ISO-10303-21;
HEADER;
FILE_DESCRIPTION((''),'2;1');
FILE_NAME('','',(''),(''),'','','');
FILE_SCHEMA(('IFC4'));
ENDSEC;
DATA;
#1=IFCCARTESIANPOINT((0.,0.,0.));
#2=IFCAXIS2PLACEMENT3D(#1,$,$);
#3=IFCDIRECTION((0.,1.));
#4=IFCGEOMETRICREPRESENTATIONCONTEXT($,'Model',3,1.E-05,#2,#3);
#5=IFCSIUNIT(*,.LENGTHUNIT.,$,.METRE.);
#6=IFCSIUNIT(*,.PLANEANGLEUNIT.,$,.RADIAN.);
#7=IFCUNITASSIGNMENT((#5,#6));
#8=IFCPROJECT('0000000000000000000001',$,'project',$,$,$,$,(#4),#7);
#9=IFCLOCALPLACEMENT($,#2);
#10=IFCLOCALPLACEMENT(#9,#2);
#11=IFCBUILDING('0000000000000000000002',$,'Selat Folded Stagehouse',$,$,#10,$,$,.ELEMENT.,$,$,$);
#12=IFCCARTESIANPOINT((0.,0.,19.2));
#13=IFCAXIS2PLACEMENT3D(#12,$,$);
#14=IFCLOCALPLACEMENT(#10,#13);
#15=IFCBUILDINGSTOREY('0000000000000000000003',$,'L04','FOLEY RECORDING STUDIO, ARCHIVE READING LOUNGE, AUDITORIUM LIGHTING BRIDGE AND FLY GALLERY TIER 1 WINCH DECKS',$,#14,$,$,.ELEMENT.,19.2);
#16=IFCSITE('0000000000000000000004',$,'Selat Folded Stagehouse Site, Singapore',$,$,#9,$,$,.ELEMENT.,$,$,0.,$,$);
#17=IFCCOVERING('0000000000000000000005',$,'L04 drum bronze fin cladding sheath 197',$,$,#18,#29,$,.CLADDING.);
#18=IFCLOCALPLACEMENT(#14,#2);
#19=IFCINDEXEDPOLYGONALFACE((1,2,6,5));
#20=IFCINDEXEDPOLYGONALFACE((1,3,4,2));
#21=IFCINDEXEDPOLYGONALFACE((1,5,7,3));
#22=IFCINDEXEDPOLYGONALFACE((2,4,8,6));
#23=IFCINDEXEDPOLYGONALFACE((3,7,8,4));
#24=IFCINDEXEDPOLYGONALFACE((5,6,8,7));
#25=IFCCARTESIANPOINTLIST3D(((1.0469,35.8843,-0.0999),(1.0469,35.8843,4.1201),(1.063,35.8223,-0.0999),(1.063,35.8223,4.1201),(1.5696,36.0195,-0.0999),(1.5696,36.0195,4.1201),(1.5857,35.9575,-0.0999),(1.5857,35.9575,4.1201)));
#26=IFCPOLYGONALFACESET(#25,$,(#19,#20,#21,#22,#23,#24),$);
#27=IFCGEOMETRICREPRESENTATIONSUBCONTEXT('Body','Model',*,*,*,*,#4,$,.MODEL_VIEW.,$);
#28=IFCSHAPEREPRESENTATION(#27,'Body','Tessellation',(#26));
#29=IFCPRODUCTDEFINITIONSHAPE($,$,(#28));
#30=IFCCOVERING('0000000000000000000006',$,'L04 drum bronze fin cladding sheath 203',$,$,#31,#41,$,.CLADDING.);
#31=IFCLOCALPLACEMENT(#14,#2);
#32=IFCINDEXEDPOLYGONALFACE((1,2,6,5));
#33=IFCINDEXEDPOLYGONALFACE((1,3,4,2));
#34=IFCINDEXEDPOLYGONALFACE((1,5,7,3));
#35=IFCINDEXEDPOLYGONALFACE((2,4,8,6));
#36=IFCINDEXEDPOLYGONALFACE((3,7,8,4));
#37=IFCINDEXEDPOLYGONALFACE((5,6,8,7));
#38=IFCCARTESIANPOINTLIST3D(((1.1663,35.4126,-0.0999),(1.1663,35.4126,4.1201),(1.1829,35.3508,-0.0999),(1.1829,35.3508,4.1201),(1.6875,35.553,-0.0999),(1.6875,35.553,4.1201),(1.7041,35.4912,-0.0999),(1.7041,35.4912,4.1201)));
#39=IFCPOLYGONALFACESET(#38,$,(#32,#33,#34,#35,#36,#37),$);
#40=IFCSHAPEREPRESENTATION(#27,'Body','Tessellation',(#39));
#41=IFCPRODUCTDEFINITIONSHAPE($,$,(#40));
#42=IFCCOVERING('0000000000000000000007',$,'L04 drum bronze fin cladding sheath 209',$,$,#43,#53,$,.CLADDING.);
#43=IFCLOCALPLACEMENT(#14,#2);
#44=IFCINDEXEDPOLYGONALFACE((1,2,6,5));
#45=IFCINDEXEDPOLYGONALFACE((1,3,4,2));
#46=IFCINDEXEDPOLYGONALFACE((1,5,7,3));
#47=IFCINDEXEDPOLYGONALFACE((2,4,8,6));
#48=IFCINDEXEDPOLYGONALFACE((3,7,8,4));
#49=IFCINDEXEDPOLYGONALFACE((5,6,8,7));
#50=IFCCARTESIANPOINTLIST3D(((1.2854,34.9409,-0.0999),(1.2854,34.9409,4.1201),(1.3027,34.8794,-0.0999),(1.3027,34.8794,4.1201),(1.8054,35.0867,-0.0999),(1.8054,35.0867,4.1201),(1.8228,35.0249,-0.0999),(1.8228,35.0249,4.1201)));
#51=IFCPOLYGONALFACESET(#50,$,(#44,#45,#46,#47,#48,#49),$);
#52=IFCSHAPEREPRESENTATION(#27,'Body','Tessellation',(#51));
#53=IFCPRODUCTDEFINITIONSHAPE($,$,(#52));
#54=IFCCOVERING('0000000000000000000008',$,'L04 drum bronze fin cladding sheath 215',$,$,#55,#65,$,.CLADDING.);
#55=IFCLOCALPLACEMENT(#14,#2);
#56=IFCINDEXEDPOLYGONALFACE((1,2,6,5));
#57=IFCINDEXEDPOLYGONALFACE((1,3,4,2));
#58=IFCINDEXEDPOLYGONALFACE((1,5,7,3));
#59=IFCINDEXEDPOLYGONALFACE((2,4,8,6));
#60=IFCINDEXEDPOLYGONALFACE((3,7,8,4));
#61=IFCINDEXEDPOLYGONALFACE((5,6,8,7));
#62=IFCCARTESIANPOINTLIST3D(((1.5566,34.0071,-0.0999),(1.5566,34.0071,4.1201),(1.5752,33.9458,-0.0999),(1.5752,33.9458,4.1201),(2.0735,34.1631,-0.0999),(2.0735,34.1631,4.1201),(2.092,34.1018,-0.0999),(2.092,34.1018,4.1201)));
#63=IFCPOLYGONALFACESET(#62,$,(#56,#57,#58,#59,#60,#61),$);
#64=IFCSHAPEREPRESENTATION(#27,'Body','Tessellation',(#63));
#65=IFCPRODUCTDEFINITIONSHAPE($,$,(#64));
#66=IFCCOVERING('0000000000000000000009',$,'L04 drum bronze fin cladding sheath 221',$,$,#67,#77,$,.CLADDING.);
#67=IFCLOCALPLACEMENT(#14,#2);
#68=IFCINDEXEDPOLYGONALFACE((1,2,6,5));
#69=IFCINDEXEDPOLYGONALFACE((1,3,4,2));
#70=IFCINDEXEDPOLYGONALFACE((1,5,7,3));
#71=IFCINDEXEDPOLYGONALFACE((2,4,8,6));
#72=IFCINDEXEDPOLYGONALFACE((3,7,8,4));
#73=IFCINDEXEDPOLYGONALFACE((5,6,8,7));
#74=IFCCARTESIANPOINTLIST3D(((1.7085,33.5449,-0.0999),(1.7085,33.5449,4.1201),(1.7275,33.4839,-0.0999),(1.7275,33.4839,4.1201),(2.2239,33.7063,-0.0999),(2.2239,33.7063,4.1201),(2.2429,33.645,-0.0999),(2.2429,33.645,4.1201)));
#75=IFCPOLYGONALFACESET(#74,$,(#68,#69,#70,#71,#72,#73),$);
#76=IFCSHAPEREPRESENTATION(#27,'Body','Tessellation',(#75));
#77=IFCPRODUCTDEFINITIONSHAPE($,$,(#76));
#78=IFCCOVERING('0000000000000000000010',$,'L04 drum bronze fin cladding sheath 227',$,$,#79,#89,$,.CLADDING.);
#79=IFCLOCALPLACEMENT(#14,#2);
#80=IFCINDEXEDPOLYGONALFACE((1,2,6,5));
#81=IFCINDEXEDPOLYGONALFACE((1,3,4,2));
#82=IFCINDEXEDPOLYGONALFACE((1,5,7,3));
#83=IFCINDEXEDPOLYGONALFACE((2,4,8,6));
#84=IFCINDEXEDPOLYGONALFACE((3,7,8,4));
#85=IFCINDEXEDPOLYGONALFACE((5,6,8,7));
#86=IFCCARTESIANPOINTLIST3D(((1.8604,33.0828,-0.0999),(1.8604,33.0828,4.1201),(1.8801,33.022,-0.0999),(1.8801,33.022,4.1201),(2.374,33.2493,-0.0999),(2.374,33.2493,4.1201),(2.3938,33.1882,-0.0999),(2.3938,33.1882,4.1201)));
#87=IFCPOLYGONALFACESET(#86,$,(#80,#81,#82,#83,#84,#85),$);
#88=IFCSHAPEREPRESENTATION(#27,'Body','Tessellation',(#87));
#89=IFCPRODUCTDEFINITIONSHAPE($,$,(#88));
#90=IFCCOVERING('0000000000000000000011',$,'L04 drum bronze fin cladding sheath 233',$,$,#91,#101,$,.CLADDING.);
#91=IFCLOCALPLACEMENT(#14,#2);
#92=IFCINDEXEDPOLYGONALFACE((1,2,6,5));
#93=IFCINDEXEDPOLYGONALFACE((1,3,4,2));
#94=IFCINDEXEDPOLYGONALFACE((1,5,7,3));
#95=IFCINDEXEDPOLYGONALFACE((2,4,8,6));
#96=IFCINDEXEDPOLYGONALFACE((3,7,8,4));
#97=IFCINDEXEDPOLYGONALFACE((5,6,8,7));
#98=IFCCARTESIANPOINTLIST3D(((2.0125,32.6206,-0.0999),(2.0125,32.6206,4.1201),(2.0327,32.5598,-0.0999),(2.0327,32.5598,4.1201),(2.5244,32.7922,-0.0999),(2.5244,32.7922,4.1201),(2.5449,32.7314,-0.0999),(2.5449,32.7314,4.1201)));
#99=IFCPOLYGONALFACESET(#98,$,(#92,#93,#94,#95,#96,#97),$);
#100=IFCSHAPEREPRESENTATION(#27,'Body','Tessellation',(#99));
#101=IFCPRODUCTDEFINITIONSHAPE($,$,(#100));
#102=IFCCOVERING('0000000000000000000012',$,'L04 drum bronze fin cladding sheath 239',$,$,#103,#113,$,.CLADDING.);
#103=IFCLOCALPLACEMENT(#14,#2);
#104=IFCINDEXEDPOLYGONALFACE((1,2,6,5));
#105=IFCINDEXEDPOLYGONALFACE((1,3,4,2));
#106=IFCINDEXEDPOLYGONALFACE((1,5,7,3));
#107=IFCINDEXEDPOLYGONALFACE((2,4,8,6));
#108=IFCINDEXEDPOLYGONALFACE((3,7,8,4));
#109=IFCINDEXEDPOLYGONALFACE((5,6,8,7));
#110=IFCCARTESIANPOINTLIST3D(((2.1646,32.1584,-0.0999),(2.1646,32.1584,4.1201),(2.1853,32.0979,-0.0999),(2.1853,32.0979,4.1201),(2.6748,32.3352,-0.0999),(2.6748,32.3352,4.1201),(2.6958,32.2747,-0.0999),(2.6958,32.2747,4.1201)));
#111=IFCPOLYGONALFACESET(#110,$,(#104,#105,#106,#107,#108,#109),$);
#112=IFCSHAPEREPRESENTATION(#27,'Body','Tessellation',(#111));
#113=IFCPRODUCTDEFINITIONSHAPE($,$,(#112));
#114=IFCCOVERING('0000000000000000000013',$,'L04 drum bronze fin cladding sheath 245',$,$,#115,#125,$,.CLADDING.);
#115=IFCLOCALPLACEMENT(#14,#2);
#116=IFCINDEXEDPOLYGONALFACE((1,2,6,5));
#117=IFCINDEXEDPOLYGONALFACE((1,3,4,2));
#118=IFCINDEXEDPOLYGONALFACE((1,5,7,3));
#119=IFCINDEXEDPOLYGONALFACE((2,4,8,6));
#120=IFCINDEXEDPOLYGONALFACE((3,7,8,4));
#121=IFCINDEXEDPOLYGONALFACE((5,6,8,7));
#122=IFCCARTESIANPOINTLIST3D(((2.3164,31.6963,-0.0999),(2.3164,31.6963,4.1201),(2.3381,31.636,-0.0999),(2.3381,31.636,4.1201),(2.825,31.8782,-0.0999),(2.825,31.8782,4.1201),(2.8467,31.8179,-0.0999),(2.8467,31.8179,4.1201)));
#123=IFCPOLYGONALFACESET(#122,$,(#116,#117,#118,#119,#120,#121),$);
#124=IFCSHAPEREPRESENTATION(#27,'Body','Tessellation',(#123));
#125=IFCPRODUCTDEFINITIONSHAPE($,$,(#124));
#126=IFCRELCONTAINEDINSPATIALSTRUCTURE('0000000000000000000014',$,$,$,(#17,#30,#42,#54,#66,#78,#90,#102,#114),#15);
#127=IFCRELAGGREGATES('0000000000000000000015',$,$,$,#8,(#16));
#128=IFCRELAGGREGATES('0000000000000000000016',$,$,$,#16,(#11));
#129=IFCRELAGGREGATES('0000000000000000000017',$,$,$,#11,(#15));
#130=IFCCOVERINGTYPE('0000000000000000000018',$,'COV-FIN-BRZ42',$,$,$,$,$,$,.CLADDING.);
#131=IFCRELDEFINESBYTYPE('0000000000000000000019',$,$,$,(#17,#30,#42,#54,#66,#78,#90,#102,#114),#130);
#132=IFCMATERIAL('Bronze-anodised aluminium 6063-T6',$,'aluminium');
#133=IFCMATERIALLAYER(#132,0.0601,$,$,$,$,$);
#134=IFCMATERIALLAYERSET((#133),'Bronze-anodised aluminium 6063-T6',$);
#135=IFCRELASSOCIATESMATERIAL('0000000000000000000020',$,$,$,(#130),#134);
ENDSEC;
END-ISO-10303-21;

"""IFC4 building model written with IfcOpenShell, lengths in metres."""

from ifc_helpers import new_model, si_unit, direction, frame, origin, place, context, subcontext, project, spatial, polyline, outline, extrude, material, layer, layer_set, type_object, element, save


model = new_model("IFC4")

# Units and contexts
model_context = context("Model", 3, precision=1e-05, world=origin(), true_north=direction((0.0, 1.0)))
body_context = subcontext(model_context, "Body", "Model", "MODEL_VIEW")
ifc_project = project(units=[si_unit("LENGTHUNIT", "METRE"), si_unit("PLANEANGLEUNIT", "RADIAN")], contexts=[model_context])

# Site, building, storey
site_placement = place(None, origin())
site = spatial("IfcSite", under=ifc_project, at=site_placement, Name="Selat Folded Stagehouse Site, Singapore", CompositionType="ELEMENT", RefElevation=0.0)
building_placement = place(site_placement, origin())
building = spatial("IfcBuilding", under=site, at=building_placement, Name="Selat Folded Stagehouse", CompositionType="ELEMENT")
storey_placement = place(building_placement, frame((0.0, 0.0, 19.2)))
storey = spatial("IfcBuildingStorey", under=building, at=storey_placement, Name="L04", Description="FOLEY RECORDING STUDIO, ARCHIVE READING LOUNGE, AUDITORIUM LIGHTING BRIDGE AND FLY GALLERY TIER 1 WINCH DECKS", CompositionType="ELEMENT", Elevation=19.2)

# Coverings
ifc_material = material(Name="Bronze-anodised aluminium 6063-T6", Category="aluminium")
ifc_layer = layer(ifc_material, 0.0601)
ifc_layer_set = layer_set([ifc_layer], Name="Bronze-anodised aluminium 6063-T6")
covering_type = type_object("IfcCoveringType", Name="COV-FIN-BRZ42", PredefinedType="CLADDING", material=ifc_layer_set)
covering_1_placement = place(storey_placement, frame((0.0, 0.0, -0.0999)))
element("IfcCovering", 1, at=covering_1_placement, inside=storey, type_object=covering_type, Name="L04 drum bronze fin cladding sheath 197", PredefinedType="CLADDING", context=body_context, shape_type="SweptSolid", body=[
    extrude(outline(polyline([(1.5696, 36.0195), (1.0469, 35.8843), (1.063, 35.8223), (1.5857, 35.9575), (1.5696, 36.0195)])), origin(), (0.0, 0.0, 1.0), 4.22),
])
covering_2_placement = place(storey_placement, frame((0.0, 0.0, -0.0999)))
element("IfcCovering", 2, at=covering_2_placement, inside=storey, type_object=covering_type, Name="L04 drum bronze fin cladding sheath 203", PredefinedType="CLADDING", context=body_context, shape_type="SweptSolid", body=[
    extrude(outline(polyline([(1.6875, 35.553), (1.1663, 35.4126), (1.1829, 35.3508), (1.7041, 35.4912), (1.6875, 35.553)])), origin(), (0.0, 0.0, 1.0), 4.22),
])
covering_3_placement = place(storey_placement, frame((0.0, 0.0, -0.0999)))
element("IfcCovering", 3, at=covering_3_placement, inside=storey, type_object=covering_type, Name="L04 drum bronze fin cladding sheath 209", PredefinedType="CLADDING", context=body_context, shape_type="SweptSolid", body=[
    extrude(outline(polyline([(1.8054, 35.0867), (1.2854, 34.9409), (1.3027, 34.8794), (1.8228, 35.0249), (1.8054, 35.0867)])), origin(), (0.0, 0.0, 1.0), 4.22),
])
covering_4_placement = place(storey_placement, frame((0.0, 0.0, -0.0999)))
element("IfcCovering", 4, at=covering_4_placement, inside=storey, type_object=covering_type, Name="L04 drum bronze fin cladding sheath 215", PredefinedType="CLADDING", context=body_context, shape_type="SweptSolid", body=[
    extrude(outline(polyline([(2.0735, 34.1631), (1.5566, 34.0071), (1.5752, 33.9458), (2.092, 34.1018), (2.0735, 34.1631)])), origin(), (0.0, 0.0, 1.0), 4.22),
])
covering_5_placement = place(storey_placement, frame((0.0, 0.0, -0.0999)))
element("IfcCovering", 5, at=covering_5_placement, inside=storey, type_object=covering_type, Name="L04 drum bronze fin cladding sheath 221", PredefinedType="CLADDING", context=body_context, shape_type="SweptSolid", body=[
    extrude(outline(polyline([(2.2239, 33.7063), (1.7085, 33.5449), (1.7275, 33.4839), (2.2429, 33.645), (2.2239, 33.7063)])), origin(), (0.0, 0.0, 1.0), 4.22),
])
covering_6_placement = place(storey_placement, frame((0.0, 0.0, -0.0999)))
element("IfcCovering", 6, at=covering_6_placement, inside=storey, type_object=covering_type, Name="L04 drum bronze fin cladding sheath 227", PredefinedType="CLADDING", context=body_context, shape_type="SweptSolid", body=[
    extrude(outline(polyline([(2.374, 33.2493), (1.8604, 33.0828), (1.8801, 33.022), (2.3938, 33.1882), (2.374, 33.2493)])), origin(), (0.0, 0.0, 1.0), 4.22),
])
covering_7_placement = place(storey_placement, frame((0.0, 0.0, -0.0999)))
element("IfcCovering", 7, at=covering_7_placement, inside=storey, type_object=covering_type, Name="L04 drum bronze fin cladding sheath 233", PredefinedType="CLADDING", context=body_context, shape_type="SweptSolid", body=[
    extrude(outline(polyline([(2.5244, 32.7922), (2.0125, 32.6206), (2.0327, 32.5598), (2.5449, 32.7314), (2.5244, 32.7922)])), origin(), (0.0, 0.0, 1.0), 4.22),
])
covering_8_placement = place(storey_placement, frame((0.0, 0.0, -0.0999)))
element("IfcCovering", 8, at=covering_8_placement, inside=storey, type_object=covering_type, Name="L04 drum bronze fin cladding sheath 239", PredefinedType="CLADDING", context=body_context, shape_type="SweptSolid", body=[
    extrude(outline(polyline([(2.6748, 32.3352), (2.1646, 32.1584), (2.1853, 32.0979), (2.6958, 32.2747), (2.6748, 32.3352)])), origin(), (0.0, 0.0, 1.0), 4.22),
])
covering_9_placement = place(storey_placement, frame((0.0, 0.0, -0.0999)))
element("IfcCovering", 9, at=covering_9_placement, inside=storey, type_object=covering_type, Name="L04 drum bronze fin cladding sheath 245", PredefinedType="CLADDING", context=body_context, shape_type="SweptSolid", body=[
    extrude(outline(polyline([(2.825, 31.8782), (2.3164, 31.6963), (2.3381, 31.636), (2.8467, 31.8179), (2.825, 31.8782)])), origin(), (0.0, 0.0, 1.0), 4.22),
])

save(model, "model.ifc")
